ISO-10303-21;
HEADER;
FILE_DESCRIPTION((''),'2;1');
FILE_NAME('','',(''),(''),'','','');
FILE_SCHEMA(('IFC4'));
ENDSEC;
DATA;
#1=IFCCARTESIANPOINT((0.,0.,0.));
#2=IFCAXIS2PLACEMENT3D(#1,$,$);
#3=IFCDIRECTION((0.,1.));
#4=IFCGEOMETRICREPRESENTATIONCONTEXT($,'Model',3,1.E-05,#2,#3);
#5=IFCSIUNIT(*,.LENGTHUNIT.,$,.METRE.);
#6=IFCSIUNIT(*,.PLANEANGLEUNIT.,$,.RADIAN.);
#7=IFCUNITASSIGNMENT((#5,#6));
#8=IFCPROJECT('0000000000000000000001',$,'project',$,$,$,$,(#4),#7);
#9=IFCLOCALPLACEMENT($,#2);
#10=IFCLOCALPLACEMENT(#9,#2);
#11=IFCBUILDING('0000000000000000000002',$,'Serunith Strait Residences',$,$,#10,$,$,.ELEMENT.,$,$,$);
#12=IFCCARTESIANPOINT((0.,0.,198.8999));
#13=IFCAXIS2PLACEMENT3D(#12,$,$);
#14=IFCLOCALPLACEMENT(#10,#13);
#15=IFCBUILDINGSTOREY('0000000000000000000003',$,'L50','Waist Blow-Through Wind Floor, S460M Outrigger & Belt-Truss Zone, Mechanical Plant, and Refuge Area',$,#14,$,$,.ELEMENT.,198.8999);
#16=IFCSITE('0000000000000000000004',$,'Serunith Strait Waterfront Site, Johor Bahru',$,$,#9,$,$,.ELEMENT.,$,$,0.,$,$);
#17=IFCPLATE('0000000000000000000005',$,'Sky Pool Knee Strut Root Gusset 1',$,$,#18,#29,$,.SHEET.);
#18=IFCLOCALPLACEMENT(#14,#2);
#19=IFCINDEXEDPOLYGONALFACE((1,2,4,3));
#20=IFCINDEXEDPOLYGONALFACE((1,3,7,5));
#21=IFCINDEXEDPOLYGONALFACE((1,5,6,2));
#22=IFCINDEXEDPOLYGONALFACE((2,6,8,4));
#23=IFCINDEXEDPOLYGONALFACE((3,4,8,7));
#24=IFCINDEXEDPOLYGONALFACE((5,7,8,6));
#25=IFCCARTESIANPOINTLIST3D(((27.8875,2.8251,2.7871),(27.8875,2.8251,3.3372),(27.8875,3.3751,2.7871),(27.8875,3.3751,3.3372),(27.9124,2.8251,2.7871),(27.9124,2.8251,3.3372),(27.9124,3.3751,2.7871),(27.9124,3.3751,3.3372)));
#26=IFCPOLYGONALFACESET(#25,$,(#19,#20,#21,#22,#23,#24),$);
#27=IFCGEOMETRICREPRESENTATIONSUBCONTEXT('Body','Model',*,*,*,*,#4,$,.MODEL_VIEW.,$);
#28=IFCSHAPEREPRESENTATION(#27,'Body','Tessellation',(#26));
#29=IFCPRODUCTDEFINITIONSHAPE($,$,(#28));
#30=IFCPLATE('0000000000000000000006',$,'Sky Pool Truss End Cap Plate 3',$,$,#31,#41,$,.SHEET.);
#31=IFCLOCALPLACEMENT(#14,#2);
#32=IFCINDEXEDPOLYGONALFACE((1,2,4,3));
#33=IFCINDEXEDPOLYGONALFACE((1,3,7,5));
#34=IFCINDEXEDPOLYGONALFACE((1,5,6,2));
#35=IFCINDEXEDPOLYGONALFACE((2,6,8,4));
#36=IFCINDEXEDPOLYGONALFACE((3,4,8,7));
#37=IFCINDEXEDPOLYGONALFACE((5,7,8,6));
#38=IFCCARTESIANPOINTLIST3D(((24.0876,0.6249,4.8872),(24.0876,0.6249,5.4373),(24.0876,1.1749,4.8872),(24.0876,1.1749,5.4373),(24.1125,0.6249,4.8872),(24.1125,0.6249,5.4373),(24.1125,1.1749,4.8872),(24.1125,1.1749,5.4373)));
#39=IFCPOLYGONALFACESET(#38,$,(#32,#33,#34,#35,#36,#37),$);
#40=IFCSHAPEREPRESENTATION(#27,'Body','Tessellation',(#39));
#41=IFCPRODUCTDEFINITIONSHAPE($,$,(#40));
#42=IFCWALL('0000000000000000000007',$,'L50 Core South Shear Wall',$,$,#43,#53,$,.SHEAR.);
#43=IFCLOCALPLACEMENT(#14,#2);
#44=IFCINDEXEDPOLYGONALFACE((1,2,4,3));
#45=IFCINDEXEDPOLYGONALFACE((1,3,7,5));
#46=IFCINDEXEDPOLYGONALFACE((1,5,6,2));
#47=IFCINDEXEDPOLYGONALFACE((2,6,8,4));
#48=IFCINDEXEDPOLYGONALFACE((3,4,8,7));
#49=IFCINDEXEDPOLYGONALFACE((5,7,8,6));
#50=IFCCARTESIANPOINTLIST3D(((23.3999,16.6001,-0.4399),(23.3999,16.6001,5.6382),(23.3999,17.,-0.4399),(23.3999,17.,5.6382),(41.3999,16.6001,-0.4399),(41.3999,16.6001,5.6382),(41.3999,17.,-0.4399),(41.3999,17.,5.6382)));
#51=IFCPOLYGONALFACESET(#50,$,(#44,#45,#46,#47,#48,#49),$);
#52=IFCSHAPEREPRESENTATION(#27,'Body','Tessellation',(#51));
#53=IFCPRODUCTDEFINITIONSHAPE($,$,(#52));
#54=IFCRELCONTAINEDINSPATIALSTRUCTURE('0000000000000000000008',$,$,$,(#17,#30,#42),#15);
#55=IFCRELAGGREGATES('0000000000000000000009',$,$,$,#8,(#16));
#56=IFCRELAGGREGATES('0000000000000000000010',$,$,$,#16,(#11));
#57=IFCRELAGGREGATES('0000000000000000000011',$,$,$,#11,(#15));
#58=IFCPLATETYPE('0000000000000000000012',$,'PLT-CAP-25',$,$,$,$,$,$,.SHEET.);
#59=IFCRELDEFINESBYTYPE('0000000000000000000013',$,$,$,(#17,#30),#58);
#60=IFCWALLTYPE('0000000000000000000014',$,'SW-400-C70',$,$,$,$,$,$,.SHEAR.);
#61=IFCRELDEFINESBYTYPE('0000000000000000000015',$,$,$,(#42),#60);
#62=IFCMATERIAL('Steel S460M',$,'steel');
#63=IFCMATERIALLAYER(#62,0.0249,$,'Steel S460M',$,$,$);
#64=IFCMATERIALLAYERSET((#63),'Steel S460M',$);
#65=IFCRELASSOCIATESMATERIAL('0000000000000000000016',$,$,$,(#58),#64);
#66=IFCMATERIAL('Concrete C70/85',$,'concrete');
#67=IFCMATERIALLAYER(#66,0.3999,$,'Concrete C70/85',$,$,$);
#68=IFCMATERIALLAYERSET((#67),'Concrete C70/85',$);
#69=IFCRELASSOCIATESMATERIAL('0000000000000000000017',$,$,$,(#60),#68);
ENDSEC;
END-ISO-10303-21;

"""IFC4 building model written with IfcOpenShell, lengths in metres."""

from ifc_helpers import new_model, si_unit, direction, frame, frame_2d, origin, origin_2d, place, context, subcontext, project, spatial, rectangle, extrude, source, transform, mapped, material, layer, layer_set, type_object, element, save


model = new_model("IFC4")

# Units and contexts
model_context = context("Model", 3, precision=1e-05, world=origin(), true_north=direction((0.0, 1.0)))
body_context = subcontext(model_context, "Body", "Model", "MODEL_VIEW")
ifc_project = project(units=[si_unit("LENGTHUNIT", "METRE"), si_unit("PLANEANGLEUNIT", "RADIAN")], contexts=[model_context])

# Site, building, storey
site_placement = place(None, origin())
site = spatial("IfcSite", under=ifc_project, at=site_placement, Name="Serunith Strait Waterfront Site, Johor Bahru", CompositionType="ELEMENT", RefElevation=0.0)
building_placement = place(site_placement, origin())
building = spatial("IfcBuilding", under=site, at=building_placement, Name="Serunith Strait Residences", CompositionType="ELEMENT")
storey_placement = place(building_placement, frame((0.0, 0.0, 198.8999)))
storey = spatial("IfcBuildingStorey", under=building, at=storey_placement, Name="L50", Description="Waist Blow-Through Wind Floor, S460M Outrigger & Belt-Truss Zone, Mechanical Plant, and Refuge Area", CompositionType="ELEMENT", Elevation=198.8999)

# Shared definitions
ifc_material_1 = material(Name="Steel S460M", Category="steel")

# Plates
ifc_layer_1 = layer(ifc_material_1, 0.0249, Name="Steel S460M")
ifc_layer_set_1 = layer_set([ifc_layer_1], Name="Steel S460M")
plate_type_1 = type_object("IfcPlateType", Name="PLT-CAP-25", PredefinedType="SHEET", material=ifc_layer_set_1)
shared_shape_1 = source(origin(), body_context, "Body", "SweptSolid", [
    extrude(rectangle(XDim=0.0249, YDim=0.55, at=origin_2d()), origin(), (0.0, 0.0, 1.0), 0.55),
])
for number, where, z_axis, x_axis, name in (
    (1, (27.8999, 3.1001, 2.7871), (0.0, 0.0, 1.0), (1.0, 0.0, 0.0), "Sky Pool Knee Strut Root Gusset 1"),
    (2, (24.1001, 0.8999, 4.8872), (0.0, 0.0, 1.0), (1.0, 0.0, 0.0), "Sky Pool Truss End Cap Plate 3"),
):
    element("IfcPlate", number, at=place(storey_placement, frame(where, z_axis=z_axis, x_axis=x_axis)), inside=storey, type_object=plate_type_1, Name=name, PredefinedType="SHEET", context=body_context, shape_type="MappedRepresentation", body=[
        mapped(shared_shape_1, transform((0.0, 0.0, 0.0), scale=1.0)),
    ])

# Wall
ifc_material_2 = material(Name="Concrete C70/85", Category="concrete")
ifc_layer_2 = layer(ifc_material_2, 0.3999, Name="Concrete C70/85")
ifc_layer_set_2 = layer_set([ifc_layer_2], Name="Concrete C70/85")
wall_type = type_object("IfcWallType", Name="SW-400-C70", PredefinedType="SHEAR", material=ifc_layer_set_2)
wall_placement = place(storey_placement, frame((23.3999, 16.8, -0.4399), z_axis=(0.0, 0.0, 1.0), x_axis=(1.0, 0.0, 0.0)))
element("IfcWall", 3, at=wall_placement, inside=storey, type_object=wall_type, Name="L50 Core South Shear Wall", PredefinedType="SHEAR", context=body_context, shape_type="SweptSolid", body=[
    extrude(rectangle(XDim=18.0, YDim=0.3999, at=frame_2d((9.0, 0.0))), origin(), (0.0, 0.0, 1.0), 6.0781),
])

save(model, "model.ifc")
